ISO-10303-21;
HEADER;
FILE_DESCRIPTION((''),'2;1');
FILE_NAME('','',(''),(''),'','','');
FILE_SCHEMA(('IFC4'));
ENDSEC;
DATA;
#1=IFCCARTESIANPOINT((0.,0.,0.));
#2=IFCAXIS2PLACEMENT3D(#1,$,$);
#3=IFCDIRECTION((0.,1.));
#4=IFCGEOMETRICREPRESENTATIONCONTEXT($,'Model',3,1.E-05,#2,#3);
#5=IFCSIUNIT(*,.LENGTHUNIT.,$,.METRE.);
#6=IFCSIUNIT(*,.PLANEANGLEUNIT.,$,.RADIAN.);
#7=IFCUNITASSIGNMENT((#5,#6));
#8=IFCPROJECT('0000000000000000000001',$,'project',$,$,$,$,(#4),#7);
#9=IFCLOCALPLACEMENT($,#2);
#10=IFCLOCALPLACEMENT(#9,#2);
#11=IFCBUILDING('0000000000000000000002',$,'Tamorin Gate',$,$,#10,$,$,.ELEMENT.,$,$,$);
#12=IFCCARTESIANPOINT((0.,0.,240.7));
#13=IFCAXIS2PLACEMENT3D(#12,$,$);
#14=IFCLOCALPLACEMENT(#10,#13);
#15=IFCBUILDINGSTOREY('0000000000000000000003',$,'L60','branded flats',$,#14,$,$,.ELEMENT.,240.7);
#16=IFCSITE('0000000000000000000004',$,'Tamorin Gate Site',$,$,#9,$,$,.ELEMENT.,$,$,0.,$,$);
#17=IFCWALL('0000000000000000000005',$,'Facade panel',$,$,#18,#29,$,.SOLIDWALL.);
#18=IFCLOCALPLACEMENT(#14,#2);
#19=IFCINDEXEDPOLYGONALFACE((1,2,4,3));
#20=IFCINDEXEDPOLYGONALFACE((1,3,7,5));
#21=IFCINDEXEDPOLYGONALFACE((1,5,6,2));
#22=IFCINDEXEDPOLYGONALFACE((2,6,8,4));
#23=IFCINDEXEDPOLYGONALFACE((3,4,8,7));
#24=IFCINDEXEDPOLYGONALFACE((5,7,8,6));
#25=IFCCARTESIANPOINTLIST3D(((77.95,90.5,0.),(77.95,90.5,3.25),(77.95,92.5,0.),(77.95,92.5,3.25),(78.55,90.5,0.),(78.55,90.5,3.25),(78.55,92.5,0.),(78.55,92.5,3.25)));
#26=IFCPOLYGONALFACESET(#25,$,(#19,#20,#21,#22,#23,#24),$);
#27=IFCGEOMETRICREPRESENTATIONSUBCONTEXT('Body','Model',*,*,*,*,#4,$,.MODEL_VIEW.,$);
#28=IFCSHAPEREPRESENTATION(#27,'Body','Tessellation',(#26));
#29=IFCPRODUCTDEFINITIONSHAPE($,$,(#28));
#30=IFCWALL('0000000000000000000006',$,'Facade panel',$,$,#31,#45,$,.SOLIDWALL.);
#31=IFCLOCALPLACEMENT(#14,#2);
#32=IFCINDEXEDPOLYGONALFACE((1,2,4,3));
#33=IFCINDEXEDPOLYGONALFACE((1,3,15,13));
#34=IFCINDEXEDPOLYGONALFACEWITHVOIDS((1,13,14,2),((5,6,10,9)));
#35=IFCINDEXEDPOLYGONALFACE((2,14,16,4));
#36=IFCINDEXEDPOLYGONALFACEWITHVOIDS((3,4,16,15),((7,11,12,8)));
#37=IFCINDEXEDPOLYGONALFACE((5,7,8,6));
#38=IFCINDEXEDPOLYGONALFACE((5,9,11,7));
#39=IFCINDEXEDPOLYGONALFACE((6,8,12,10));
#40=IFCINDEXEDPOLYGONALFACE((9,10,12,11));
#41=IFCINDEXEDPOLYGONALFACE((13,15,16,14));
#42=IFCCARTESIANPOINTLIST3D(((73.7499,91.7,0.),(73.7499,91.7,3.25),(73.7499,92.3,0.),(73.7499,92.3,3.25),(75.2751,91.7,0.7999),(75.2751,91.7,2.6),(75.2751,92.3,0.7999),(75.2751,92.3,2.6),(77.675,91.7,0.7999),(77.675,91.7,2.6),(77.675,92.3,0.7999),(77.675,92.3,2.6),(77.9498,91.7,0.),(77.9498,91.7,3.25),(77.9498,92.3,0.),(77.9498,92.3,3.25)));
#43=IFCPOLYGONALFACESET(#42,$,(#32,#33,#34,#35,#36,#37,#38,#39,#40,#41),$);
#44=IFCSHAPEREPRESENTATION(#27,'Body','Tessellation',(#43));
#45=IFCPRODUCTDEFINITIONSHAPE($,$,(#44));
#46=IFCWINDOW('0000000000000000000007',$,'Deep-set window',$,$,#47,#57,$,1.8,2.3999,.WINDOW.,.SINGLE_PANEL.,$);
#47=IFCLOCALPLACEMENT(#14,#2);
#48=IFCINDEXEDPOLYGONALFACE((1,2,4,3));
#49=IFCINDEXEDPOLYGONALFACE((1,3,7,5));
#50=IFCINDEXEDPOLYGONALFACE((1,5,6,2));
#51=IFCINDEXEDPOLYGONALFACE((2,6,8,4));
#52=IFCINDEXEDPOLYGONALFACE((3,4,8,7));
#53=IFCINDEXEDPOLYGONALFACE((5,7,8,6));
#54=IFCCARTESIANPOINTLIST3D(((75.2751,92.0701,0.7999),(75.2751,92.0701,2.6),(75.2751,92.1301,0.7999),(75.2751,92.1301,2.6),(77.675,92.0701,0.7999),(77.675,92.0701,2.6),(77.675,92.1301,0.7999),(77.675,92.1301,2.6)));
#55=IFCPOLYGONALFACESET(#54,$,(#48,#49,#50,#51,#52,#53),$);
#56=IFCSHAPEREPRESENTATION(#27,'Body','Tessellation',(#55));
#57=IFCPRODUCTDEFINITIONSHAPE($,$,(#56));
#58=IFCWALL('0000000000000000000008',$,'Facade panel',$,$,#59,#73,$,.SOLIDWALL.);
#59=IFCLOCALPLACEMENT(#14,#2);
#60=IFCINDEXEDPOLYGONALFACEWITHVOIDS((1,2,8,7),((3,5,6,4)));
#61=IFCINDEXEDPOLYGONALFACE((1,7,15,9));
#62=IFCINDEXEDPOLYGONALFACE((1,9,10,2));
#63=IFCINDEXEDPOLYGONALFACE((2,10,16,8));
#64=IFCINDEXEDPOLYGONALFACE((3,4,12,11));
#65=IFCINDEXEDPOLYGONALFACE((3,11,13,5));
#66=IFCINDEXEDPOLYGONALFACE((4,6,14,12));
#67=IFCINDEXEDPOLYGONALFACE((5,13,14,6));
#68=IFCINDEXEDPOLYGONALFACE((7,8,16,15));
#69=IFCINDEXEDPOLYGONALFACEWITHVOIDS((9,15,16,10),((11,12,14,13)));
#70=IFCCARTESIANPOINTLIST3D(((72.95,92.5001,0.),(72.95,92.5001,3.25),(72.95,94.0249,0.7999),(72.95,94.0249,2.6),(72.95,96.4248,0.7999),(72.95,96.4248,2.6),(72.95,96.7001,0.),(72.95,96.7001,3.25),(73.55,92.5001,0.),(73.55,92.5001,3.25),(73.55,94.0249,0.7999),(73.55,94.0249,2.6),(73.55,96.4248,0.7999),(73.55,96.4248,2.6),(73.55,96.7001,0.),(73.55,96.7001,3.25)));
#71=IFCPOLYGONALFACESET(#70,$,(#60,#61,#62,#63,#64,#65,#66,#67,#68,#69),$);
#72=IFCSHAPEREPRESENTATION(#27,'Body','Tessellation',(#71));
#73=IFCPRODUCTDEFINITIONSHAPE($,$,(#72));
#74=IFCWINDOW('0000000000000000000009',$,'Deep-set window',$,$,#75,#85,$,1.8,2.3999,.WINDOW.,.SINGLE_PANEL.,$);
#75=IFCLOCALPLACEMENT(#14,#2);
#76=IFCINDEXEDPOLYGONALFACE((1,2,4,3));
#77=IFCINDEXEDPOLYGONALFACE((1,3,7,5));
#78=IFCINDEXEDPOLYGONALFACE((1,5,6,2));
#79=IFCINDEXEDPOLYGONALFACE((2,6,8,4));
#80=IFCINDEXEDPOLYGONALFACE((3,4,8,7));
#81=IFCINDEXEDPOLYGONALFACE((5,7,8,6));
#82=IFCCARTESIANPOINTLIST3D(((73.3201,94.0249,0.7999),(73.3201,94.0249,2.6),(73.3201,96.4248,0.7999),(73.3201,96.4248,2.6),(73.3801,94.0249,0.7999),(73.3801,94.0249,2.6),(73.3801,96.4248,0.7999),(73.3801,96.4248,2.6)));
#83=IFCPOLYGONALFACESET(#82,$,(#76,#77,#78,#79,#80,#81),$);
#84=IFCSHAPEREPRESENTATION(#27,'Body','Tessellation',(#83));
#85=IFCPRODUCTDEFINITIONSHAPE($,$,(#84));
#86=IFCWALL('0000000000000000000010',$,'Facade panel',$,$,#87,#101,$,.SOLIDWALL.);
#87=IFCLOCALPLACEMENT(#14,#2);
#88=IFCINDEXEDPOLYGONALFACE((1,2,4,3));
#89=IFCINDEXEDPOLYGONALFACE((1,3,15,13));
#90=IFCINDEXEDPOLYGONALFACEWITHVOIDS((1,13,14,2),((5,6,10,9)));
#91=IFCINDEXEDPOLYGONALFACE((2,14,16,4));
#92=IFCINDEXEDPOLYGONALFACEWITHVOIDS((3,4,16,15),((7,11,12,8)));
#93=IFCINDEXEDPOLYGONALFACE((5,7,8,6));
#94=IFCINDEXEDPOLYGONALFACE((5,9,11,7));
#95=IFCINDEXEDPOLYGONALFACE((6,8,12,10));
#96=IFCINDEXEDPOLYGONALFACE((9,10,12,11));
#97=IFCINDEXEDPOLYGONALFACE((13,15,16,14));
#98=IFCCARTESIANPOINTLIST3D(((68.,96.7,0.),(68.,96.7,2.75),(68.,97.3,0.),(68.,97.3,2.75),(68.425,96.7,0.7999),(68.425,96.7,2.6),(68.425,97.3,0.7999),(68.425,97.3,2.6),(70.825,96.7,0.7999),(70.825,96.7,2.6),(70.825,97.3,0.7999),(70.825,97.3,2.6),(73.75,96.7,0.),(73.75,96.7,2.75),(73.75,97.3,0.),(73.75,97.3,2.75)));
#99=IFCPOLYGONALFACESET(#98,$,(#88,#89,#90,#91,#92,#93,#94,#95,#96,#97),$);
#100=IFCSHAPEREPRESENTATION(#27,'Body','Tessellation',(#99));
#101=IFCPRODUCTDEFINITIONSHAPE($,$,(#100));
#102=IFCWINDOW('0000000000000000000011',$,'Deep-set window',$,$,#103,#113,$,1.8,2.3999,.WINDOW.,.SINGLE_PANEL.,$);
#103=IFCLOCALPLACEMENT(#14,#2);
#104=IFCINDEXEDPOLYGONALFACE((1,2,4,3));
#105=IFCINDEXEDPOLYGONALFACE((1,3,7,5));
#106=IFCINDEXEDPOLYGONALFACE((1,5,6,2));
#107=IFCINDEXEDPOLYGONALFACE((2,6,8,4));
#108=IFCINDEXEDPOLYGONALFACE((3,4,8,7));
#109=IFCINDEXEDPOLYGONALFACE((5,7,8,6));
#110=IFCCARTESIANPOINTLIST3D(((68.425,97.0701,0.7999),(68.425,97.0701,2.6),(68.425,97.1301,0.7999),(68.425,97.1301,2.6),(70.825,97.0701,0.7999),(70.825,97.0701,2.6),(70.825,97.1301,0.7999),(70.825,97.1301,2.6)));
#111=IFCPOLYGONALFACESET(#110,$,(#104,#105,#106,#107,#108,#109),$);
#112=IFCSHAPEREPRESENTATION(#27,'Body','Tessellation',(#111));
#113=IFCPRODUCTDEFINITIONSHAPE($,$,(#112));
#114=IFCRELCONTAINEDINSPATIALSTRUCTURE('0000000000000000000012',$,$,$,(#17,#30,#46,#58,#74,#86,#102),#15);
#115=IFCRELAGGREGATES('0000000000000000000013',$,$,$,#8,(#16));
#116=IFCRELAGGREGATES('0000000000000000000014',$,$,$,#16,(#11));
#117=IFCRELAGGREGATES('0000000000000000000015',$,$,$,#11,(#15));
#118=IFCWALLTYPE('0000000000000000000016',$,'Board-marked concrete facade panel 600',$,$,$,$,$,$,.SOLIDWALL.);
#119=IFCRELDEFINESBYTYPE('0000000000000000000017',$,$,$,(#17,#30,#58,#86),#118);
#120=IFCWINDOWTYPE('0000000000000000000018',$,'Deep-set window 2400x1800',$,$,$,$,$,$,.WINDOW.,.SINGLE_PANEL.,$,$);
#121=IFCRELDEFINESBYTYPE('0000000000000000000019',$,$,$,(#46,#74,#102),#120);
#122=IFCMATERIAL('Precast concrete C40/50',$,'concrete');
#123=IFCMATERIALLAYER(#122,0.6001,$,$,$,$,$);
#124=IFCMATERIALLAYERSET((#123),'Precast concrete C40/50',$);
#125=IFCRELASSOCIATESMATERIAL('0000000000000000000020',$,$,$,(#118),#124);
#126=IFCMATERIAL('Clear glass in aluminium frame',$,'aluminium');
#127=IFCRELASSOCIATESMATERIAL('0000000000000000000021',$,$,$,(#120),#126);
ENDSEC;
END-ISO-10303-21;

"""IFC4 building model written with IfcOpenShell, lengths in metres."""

from ifc_helpers import new_model, si_unit, direction, frame, frame_2d, origin, place, context, subcontext, project, spatial, rectangle, extrude, material, layer, layer_set, type_object, element, fill, save


model = new_model("IFC4")

# Units and contexts
model_context = context("Model", 3, precision=1e-05, world=origin(), true_north=direction((0.0, 1.0)))
body_context = subcontext(model_context, "Body", "Model", "MODEL_VIEW")
ifc_project = project(units=[si_unit("LENGTHUNIT", "METRE"), si_unit("PLANEANGLEUNIT", "RADIAN")], contexts=[model_context])

# Site, building, storey
site_placement = place(None, origin())
site = spatial("IfcSite", under=ifc_project, at=site_placement, Name="Tamorin Gate Site", CompositionType="ELEMENT", RefElevation=0.0)
building_placement = place(site_placement, origin())
building = spatial("IfcBuilding", under=site, at=building_placement, Name="Tamorin Gate", CompositionType="ELEMENT")
storey_placement = place(building_placement, frame((0.0, 0.0, 240.7)))
storey = spatial("IfcBuildingStorey", under=building, at=storey_placement, Name="L60", Description="branded flats", CompositionType="ELEMENT", Elevation=240.7)

# Shared definitions
ifc_material_1 = material(Name="Precast concrete C40/50", Category="concrete")
ifc_layer = layer(ifc_material_1, 0.6001)
ifc_layer_set = layer_set([ifc_layer], Name="Precast concrete C40/50")
wall_type = type_object("IfcWallType", Name="Board-marked concrete facade panel 600", PredefinedType="SOLIDWALL", material=ifc_layer_set)
ifc_material_2 = material(Name="Clear glass in aluminium frame", Category="aluminium")
window_type = type_object("IfcWindowType", Name="Deep-set window 2400x1800", PartitioningType="SINGLE_PANEL", PredefinedType="WINDOW", material=ifc_material_2)

# Wall
wall_1_placement = place(storey_placement, frame((78.25, 90.5, 0.0), z_axis=(0.0, 0.0, 1.0), x_axis=(0.0, 1.0, 0.0)))
element("IfcWall", 1, at=wall_1_placement, inside=storey, type_object=wall_type, Name="Facade panel", PredefinedType="SOLIDWALL", context=body_context, shape_type="SweptSolid", body=[
    extrude(rectangle(XDim=2.0, YDim=0.6001, at=frame_2d((1.0, 0.0))), origin(), (0.0, 0.0, 1.0), 3.25),
])

# Walls, openings, windows
wall_2_placement = place(storey_placement, frame((77.95, 92.0, 0.0), z_axis=(0.0, 0.0, 1.0), x_axis=(-1.0, 0.0, 0.0)))
wall_2 = element("IfcWall", 2, at=wall_2_placement, inside=storey, type_object=wall_type, Name="Facade panel", PredefinedType="SOLIDWALL", context=body_context, shape_type="SweptSolid", body=[
    extrude(rectangle(XDim=4.2, YDim=0.6001, at=frame_2d((2.1001, 0.0))), origin(), (0.0, 0.0, 1.0), 3.25),
])
opening_1_placement = place(wall_2_placement, frame((0.2749, 0.0, 0.8)))
opening_1 = element("IfcOpeningElement", 3, at=opening_1_placement, cuts=wall_2, PredefinedType="OPENING", context=body_context, shape_type="SweptSolid", body=[
    extrude(rectangle(XDim=2.3999, YDim=1.8, at=frame_2d((1.2, 0.8999))), frame((0.0, 0.3101, 0.0), z_axis=(0.0, -1.0, 0.0), x_axis=(1.0, 0.0, 0.0)), (0.0, 0.0, 1.0), 0.6201),
])
window_1_placement = place(opening_1_placement, origin())
window_1 = element("IfcWindow", 4, at=window_1_placement, inside=storey, type_object=window_type, Name="Deep-set window", OverallHeight=1.8, OverallWidth=2.3999, PartitioningType="SINGLE_PANEL", PredefinedType="WINDOW", context=body_context, shape_type="SweptSolid", body=[
    extrude(rectangle(XDim=2.3999, YDim=1.8, at=frame_2d((1.2, 0.8999))), frame((0.0, -0.0701, 0.0), z_axis=(0.0, -1.0, 0.0), x_axis=(1.0, 0.0, 0.0)), (0.0, 0.0, 1.0), 0.0601),
])
fill(opening_1, window_1)
wall_3_placement = place(storey_placement, frame((73.25, 92.5, 0.0), z_axis=(0.0, 0.0, 1.0), x_axis=(0.0, 1.0, 0.0)))
wall_3 = element("IfcWall", 5, at=wall_3_placement, inside=storey, type_object=wall_type, Name="Facade panel", PredefinedType="SOLIDWALL", context=body_context, shape_type="SweptSolid", body=[
    extrude(rectangle(XDim=4.2, YDim=0.6001, at=frame_2d((2.1001, 0.0))), origin(), (0.0, 0.0, 1.0), 3.25),
])
opening_2_placement = place(wall_3_placement, frame((1.5249, 0.0, 0.8)))
opening_2 = element("IfcOpeningElement", 6, at=opening_2_placement, cuts=wall_3, PredefinedType="OPENING", context=body_context, shape_type="SweptSolid", body=[
    extrude(rectangle(XDim=2.3999, YDim=1.8, at=frame_2d((1.2, 0.8999))), frame((0.0, 0.3101, 0.0), z_axis=(0.0, -1.0, 0.0), x_axis=(1.0, 0.0, 0.0)), (0.0, 0.0, 1.0), 0.6201),
])
window_2_placement = place(opening_2_placement, origin())
window_2 = element("IfcWindow", 7, at=window_2_placement, inside=storey, type_object=window_type, Name="Deep-set window", OverallHeight=1.8, OverallWidth=2.3999, PartitioningType="SINGLE_PANEL", PredefinedType="WINDOW", context=body_context, shape_type="SweptSolid", body=[
    extrude(rectangle(XDim=2.3999, YDim=1.8, at=frame_2d((1.2, 0.8999))), frame((0.0, -0.0701, 0.0), z_axis=(0.0, -1.0, 0.0), x_axis=(1.0, 0.0, 0.0)), (0.0, 0.0, 1.0), 0.0601),
])
fill(opening_2, window_2)
wall_4_placement = place(storey_placement, frame((73.75, 97.0, 0.0), z_axis=(0.0, 0.0, 1.0), x_axis=(-1.0, 0.0, 0.0)))
wall_4 = element("IfcWall", 8, at=wall_4_placement, inside=storey, type_object=wall_type, Name="Facade panel", PredefinedType="SOLIDWALL", context=body_context, shape_type="SweptSolid", body=[
    extrude(rectangle(XDim=5.75, YDim=0.6001, at=frame_2d((2.875, 0.0))), origin(), (0.0, 0.0, 1.0), 2.75),
])
opening_3_placement = place(wall_4_placement, frame((2.925, 0.0, 0.8)))
opening_3 = element("IfcOpeningElement", 9, at=opening_3_placement, cuts=wall_4, PredefinedType="OPENING", context=body_context, shape_type="SweptSolid", body=[
    extrude(rectangle(XDim=2.3999, YDim=1.8, at=frame_2d((1.2, 0.8999))), frame((0.0, 0.3101, 0.0), z_axis=(0.0, -1.0, 0.0), x_axis=(1.0, 0.0, 0.0)), (0.0, 0.0, 1.0), 0.6201),
])
window_3_placement = place(opening_3_placement, origin())
window_3 = element("IfcWindow", 10, at=window_3_placement, inside=storey, type_object=window_type, Name="Deep-set window", OverallHeight=1.8, OverallWidth=2.3999, PartitioningType="SINGLE_PANEL", PredefinedType="WINDOW", context=body_context, shape_type="SweptSolid", body=[
    extrude(rectangle(XDim=2.3999, YDim=1.8, at=frame_2d((1.2, 0.8999))), frame((0.0, -0.0701, 0.0), z_axis=(0.0, -1.0, 0.0), x_axis=(1.0, 0.0, 0.0)), (0.0, 0.0, 1.0), 0.0601),
])
fill(opening_3, window_3)

save(model, "model.ifc")
